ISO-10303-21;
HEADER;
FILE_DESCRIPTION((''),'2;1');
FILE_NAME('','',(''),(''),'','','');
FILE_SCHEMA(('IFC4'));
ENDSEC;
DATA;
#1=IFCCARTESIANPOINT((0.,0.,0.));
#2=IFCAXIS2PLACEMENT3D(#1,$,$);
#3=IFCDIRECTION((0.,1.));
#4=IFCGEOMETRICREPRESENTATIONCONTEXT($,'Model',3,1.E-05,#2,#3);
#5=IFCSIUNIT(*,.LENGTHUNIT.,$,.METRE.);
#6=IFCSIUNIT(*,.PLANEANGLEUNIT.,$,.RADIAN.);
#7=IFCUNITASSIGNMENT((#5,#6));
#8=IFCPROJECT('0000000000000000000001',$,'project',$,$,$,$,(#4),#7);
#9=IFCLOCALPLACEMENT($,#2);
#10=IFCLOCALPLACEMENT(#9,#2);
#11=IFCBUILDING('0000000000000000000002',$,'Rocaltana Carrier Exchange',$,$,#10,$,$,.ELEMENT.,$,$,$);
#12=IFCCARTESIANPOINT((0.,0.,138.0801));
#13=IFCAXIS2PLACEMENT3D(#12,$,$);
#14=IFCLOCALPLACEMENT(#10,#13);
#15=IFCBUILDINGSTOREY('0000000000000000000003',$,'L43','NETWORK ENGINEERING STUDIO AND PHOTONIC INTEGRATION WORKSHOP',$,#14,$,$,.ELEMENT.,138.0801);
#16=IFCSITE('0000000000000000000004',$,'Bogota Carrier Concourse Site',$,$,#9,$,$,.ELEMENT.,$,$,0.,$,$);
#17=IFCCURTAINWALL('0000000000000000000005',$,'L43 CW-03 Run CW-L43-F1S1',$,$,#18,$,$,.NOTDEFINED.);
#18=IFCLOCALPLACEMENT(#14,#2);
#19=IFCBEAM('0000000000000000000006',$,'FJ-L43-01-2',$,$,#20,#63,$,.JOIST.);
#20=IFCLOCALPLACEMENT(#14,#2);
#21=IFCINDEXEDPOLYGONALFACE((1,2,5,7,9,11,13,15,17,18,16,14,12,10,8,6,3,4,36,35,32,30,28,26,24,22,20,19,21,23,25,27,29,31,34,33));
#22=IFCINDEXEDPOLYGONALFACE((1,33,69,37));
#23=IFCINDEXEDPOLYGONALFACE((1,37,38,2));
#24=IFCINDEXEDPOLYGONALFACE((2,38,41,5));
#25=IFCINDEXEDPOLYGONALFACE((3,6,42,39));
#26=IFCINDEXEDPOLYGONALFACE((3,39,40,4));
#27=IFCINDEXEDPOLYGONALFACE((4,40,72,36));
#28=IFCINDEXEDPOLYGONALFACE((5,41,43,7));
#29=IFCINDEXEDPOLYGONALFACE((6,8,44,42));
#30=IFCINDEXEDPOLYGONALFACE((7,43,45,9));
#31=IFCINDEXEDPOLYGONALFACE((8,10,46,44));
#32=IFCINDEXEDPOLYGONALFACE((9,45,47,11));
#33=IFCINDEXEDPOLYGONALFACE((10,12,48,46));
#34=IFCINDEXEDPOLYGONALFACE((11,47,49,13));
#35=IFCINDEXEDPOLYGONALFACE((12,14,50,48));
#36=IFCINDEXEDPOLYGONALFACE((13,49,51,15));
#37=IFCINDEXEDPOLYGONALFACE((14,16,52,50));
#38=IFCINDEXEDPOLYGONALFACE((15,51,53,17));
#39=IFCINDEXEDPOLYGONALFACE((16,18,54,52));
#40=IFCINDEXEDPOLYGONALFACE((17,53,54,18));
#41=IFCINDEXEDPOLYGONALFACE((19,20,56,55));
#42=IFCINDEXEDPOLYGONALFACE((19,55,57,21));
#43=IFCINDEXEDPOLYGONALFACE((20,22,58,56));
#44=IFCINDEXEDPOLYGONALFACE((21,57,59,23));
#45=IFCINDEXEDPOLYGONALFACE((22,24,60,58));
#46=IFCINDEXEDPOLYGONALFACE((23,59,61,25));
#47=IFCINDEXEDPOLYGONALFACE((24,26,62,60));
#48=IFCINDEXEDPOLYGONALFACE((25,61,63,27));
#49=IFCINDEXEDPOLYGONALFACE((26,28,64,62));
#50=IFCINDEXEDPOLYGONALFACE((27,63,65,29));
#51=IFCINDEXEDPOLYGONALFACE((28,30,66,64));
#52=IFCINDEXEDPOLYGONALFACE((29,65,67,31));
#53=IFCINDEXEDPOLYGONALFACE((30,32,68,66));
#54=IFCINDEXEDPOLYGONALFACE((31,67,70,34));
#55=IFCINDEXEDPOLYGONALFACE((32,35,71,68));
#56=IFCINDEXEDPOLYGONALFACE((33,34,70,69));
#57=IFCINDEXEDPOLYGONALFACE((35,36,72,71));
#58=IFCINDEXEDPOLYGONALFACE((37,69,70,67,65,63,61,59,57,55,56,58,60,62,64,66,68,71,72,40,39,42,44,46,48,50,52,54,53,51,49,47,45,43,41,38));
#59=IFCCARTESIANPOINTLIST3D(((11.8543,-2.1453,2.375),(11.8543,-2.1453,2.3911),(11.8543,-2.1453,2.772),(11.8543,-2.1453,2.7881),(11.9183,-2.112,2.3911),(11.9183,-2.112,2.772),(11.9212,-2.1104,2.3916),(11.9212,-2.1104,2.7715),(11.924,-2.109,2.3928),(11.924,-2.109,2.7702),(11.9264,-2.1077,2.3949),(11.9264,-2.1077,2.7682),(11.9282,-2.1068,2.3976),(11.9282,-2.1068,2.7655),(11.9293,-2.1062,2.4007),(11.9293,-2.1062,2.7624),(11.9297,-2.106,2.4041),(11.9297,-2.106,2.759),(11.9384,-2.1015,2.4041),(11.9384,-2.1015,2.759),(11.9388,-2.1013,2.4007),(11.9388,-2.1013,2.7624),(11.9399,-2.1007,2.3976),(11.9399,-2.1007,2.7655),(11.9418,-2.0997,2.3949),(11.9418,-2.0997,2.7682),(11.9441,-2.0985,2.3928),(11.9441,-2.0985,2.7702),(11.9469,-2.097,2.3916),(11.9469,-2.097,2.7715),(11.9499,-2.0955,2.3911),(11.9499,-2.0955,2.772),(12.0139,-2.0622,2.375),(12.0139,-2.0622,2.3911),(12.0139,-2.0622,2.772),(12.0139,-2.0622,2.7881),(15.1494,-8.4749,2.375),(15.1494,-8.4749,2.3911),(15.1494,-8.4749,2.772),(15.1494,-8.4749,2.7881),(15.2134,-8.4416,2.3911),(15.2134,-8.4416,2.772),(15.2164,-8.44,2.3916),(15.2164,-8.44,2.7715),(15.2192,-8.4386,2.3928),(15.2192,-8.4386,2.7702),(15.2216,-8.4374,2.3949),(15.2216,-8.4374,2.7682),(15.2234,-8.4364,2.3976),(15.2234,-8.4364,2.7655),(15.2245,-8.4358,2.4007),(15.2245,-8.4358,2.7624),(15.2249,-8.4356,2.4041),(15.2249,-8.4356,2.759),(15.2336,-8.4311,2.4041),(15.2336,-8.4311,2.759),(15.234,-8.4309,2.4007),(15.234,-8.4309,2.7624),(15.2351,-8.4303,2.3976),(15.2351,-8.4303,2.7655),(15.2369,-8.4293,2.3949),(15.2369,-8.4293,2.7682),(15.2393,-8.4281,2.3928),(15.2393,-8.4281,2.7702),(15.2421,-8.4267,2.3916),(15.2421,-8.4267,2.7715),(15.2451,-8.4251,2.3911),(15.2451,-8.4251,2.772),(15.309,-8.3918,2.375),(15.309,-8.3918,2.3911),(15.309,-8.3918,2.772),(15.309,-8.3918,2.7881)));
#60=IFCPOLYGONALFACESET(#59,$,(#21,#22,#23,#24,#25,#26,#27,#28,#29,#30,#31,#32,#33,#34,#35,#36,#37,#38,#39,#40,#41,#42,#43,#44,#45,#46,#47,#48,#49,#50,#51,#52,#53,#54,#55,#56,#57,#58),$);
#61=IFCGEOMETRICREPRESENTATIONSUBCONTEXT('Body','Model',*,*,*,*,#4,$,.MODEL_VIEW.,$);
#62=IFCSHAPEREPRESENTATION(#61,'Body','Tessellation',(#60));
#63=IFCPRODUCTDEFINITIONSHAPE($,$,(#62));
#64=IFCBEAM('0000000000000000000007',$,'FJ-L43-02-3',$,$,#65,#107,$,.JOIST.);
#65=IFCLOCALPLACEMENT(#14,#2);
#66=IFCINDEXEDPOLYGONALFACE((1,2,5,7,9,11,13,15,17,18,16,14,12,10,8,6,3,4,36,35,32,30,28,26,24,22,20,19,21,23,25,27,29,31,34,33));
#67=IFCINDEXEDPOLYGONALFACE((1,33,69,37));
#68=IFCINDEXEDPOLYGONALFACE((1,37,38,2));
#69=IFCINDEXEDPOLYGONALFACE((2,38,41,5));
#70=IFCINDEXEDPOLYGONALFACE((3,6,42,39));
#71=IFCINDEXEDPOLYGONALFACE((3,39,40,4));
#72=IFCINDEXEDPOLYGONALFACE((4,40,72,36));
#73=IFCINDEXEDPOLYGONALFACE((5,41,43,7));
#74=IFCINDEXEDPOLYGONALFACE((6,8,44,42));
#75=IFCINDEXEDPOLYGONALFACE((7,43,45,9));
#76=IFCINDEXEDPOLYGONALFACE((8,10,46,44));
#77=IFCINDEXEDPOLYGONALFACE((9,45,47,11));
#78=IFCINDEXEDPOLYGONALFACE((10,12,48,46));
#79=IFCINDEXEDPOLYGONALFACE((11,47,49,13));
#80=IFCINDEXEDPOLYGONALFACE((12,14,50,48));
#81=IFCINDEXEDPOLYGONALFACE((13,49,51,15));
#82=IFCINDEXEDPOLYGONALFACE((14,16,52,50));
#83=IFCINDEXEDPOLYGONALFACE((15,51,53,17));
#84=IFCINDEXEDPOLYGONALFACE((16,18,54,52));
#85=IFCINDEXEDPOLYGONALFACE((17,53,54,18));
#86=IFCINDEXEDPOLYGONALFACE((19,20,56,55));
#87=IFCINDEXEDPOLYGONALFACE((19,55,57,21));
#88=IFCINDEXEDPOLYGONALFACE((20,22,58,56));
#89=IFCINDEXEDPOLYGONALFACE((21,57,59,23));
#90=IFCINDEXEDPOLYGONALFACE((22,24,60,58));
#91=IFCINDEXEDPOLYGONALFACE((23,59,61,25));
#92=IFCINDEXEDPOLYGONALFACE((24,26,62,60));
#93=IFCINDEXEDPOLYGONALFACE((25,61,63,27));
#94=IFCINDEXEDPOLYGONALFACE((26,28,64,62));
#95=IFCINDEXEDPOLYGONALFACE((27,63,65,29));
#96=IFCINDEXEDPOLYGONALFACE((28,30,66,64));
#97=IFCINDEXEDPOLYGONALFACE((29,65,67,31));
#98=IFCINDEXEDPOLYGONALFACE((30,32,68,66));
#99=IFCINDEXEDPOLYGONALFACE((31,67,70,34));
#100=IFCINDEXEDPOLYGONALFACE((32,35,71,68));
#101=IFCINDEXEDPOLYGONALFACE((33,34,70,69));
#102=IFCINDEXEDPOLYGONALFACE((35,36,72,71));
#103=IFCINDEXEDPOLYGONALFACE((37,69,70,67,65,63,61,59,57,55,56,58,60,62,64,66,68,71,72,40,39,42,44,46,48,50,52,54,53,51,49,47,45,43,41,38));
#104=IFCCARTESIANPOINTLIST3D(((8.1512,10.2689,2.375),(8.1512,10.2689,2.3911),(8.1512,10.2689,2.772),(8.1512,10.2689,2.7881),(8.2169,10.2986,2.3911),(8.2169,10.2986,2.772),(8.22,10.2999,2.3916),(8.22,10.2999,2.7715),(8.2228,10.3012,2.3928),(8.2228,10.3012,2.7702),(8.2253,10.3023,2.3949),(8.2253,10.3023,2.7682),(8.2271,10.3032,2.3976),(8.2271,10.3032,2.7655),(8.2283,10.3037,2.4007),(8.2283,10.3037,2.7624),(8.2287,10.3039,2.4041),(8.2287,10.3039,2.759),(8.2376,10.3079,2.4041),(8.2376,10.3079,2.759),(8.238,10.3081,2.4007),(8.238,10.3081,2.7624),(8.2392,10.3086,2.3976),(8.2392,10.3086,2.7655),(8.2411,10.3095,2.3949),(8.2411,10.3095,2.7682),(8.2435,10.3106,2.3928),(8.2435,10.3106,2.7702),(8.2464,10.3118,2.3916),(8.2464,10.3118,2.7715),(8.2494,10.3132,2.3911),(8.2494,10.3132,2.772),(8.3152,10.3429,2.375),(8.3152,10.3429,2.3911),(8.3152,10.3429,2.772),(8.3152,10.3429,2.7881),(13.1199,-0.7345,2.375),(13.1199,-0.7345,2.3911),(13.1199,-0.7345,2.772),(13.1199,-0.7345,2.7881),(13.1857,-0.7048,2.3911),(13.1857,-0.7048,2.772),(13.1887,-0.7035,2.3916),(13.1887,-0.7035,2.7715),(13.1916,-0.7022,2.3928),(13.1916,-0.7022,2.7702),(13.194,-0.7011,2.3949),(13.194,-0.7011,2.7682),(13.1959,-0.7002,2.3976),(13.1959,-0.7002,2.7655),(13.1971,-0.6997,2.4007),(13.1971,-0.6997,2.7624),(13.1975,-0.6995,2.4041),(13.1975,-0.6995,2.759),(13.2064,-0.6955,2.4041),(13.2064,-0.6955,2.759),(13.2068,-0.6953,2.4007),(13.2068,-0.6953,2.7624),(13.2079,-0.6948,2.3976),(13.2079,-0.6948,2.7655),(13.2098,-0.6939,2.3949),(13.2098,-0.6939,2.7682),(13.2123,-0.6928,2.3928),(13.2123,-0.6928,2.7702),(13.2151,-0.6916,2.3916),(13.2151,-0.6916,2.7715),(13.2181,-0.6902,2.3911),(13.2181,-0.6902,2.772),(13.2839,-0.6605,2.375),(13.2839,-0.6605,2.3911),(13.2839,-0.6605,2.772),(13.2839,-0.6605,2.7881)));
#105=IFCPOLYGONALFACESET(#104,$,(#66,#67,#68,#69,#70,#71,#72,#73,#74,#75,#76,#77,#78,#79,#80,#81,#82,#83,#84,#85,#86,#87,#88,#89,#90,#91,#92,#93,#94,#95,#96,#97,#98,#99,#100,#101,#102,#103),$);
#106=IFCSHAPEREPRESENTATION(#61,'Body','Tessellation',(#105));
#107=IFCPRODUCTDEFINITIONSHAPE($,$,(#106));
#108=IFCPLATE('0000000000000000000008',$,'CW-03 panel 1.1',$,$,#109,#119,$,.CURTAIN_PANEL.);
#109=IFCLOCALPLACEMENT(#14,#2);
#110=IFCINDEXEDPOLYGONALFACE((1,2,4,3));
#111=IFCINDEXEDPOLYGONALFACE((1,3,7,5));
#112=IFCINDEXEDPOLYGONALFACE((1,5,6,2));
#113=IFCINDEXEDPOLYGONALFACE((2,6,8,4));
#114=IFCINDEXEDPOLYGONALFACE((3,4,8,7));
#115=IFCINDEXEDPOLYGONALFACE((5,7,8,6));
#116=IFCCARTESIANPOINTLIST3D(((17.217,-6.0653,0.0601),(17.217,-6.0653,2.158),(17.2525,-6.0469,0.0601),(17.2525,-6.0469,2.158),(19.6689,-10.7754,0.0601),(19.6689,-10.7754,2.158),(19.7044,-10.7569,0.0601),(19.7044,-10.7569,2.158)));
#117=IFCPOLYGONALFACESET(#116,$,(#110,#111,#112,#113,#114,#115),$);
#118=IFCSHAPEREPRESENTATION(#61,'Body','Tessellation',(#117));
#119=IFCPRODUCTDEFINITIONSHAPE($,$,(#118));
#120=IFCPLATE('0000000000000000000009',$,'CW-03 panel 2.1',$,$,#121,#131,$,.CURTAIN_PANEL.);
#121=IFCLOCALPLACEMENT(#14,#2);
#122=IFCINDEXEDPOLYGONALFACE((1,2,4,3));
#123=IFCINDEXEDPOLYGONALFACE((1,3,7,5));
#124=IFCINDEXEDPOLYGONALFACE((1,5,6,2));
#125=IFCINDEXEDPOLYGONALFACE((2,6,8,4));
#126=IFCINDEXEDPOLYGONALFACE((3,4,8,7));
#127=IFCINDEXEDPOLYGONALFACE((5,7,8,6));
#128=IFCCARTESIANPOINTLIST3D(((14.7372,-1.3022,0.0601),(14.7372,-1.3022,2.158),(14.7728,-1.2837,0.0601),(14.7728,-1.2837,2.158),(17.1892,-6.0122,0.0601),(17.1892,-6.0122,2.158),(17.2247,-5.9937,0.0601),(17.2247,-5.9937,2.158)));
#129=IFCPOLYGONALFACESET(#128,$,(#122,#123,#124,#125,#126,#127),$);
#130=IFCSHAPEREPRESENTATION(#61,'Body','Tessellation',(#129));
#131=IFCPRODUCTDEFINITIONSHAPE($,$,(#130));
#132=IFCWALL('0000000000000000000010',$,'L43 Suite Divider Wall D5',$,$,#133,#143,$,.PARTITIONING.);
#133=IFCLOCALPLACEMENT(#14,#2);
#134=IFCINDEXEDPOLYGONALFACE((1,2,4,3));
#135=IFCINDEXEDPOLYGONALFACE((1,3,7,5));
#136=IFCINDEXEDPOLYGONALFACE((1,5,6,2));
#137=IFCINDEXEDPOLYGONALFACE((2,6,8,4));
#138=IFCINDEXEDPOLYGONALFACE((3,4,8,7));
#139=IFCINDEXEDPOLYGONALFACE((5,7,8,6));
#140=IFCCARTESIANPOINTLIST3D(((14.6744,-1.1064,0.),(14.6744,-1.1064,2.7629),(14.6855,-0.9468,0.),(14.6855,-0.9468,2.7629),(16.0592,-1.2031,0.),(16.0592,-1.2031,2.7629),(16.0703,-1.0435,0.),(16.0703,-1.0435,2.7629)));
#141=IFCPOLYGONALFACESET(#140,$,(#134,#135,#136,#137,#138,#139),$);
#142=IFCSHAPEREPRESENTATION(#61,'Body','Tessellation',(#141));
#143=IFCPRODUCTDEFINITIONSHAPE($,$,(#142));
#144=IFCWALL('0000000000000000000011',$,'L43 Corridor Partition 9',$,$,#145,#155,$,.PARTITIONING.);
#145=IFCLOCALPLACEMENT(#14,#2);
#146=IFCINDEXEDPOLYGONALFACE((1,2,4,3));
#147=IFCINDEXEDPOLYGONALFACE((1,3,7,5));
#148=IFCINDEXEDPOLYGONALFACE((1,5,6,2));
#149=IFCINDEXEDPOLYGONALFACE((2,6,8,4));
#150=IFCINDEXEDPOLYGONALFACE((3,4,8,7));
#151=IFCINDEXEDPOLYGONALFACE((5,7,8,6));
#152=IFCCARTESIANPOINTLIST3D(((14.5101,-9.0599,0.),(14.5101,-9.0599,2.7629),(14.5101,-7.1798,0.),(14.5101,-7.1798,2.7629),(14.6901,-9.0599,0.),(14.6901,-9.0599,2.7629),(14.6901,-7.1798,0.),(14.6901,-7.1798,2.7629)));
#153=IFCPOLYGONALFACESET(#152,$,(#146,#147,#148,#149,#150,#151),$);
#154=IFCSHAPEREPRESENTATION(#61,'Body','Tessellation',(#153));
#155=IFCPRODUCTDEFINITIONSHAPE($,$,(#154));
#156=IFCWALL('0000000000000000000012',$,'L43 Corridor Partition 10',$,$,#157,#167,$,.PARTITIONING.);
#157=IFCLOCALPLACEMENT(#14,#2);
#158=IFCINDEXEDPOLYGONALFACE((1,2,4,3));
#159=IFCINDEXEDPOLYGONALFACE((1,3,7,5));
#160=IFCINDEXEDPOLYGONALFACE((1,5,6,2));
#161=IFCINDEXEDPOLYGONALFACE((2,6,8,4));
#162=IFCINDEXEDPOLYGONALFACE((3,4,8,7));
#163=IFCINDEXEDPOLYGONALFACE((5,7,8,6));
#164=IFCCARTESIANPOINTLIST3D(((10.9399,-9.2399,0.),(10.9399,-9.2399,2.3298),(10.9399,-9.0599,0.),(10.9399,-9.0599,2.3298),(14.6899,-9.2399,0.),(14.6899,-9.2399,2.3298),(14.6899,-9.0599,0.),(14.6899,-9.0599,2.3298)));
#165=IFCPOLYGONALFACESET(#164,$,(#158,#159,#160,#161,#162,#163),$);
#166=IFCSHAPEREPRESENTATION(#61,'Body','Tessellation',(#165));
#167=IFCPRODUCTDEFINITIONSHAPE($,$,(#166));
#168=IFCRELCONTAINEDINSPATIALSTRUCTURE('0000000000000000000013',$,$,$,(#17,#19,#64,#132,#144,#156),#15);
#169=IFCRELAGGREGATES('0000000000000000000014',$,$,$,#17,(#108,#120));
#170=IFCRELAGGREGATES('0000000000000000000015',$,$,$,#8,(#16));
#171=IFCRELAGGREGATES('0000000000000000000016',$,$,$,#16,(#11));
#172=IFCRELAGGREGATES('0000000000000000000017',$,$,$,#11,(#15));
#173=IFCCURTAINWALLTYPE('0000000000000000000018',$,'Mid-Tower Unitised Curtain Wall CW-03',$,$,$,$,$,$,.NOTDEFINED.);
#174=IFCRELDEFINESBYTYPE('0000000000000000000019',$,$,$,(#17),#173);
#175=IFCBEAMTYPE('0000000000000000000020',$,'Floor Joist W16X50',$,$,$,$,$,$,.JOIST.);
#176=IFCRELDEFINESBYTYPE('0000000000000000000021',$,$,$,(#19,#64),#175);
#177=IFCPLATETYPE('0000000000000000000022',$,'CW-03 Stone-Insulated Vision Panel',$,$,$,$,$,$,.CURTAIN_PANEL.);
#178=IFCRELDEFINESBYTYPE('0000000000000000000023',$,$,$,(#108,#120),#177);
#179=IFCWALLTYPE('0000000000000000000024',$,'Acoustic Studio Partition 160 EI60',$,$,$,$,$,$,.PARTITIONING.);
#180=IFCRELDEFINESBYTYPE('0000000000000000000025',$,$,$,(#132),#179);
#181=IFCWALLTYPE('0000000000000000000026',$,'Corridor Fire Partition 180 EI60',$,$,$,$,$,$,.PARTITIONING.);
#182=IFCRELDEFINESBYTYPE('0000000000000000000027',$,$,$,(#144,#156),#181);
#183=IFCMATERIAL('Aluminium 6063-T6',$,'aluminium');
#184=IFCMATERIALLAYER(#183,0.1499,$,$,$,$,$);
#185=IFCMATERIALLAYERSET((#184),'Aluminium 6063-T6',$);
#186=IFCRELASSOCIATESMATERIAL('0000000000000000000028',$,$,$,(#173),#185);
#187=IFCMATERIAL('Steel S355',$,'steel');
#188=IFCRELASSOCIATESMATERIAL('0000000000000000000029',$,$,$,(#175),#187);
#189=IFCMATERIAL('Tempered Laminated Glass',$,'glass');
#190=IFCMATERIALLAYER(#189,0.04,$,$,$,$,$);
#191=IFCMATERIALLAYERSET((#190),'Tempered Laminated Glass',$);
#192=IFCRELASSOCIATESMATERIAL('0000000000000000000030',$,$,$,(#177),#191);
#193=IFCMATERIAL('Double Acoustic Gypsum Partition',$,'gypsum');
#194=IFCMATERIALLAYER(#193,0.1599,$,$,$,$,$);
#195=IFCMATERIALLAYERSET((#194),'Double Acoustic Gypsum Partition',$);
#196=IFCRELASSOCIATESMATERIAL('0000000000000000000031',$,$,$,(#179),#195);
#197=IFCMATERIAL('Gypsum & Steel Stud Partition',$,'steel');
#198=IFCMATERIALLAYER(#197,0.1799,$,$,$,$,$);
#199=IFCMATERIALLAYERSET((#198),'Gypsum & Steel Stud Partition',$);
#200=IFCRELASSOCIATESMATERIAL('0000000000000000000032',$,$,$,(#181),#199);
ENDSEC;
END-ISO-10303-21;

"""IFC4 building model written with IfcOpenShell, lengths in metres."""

from ifc_helpers import new_model, si_unit, direction, frame, frame_2d, origin, origin_2d, place, context, subcontext, project, spatial, rectangle, i_section, extrude, material, layer, layer_set, material_profile, profile_set, type_object, element, aggregate, save


model = new_model("IFC4")

# Units and contexts
model_context = context("Model", 3, precision=1e-05, world=origin(), true_north=direction((0.0, 1.0)))
body_context = subcontext(model_context, "Body", "Model", "MODEL_VIEW")
ifc_project = project(units=[si_unit("LENGTHUNIT", "METRE"), si_unit("PLANEANGLEUNIT", "RADIAN")], contexts=[model_context])

# Site, building, storey
site_placement = place(None, origin())
site = spatial("IfcSite", under=ifc_project, at=site_placement, Name="Bogota Carrier Concourse Site", CompositionType="ELEMENT", RefElevation=0.0)
building_placement = place(site_placement, origin())
building = spatial("IfcBuilding", under=site, at=building_placement, Name="Rocaltana Carrier Exchange", CompositionType="ELEMENT")
storey_placement = place(building_placement, frame((0.0, 0.0, 138.0801)))
storey = spatial("IfcBuildingStorey", under=building, at=storey_placement, Name="L43", Description="NETWORK ENGINEERING STUDIO AND PHOTONIC INTEGRATION WORKSHOP", CompositionType="ELEMENT", Elevation=138.0801)

# Curtain wall
ifc_material_1 = material(Name="Aluminium 6063-T6", Category="aluminium")
ifc_layer_1 = layer(ifc_material_1, 0.1499)
ifc_layer_set_1 = layer_set([ifc_layer_1], Name="Aluminium 6063-T6")
curtain_wall_type = type_object("IfcCurtainWallType", Name="Mid-Tower Unitised Curtain Wall CW-03", PredefinedType="NOTDEFINED", material=ifc_layer_set_1)
curtain_wall_placement = place(storey_placement, origin())
curtain_wall = element("IfcCurtainWall", 1, at=curtain_wall_placement, inside=storey, type_object=curtain_wall_type, Name="L43 CW-03 Run CW-L43-F1S1", PredefinedType="NOTDEFINED")

# Beams
ifc_material_2 = material(Name="Steel S355", Category="steel")
ifc_material_profile_1 = material_profile(ifc_material_2, i_section(OverallWidth=0.1799, OverallDepth=0.4131, WebThickness=0.0098, FlangeThickness=0.0161, FilletRadius=0.0129, at=origin_2d()), Name="W16X50")
ifc_profile_set_1 = profile_set([ifc_material_profile_1], Name="Steel S355")
beam_type = type_object("IfcBeamType", Name="Floor Joist W16X50", PredefinedType="JOIST", material=ifc_profile_set_1)
beam_1_placement = place(storey_placement, frame((15.2292, -8.4333, 2.5815), z_axis=(-0.46177, 0.887, 0.0), x_axis=(-0.887, -0.46177, 0.0)))
element("IfcBeam", 2, at=beam_1_placement, inside=storey, type_object=beam_type, Name="FJ-L43-01-2", PredefinedType="JOIST", context=body_context, shape_type="SweptSolid", body=[
    extrude(i_section(OverallWidth=0.1799, OverallDepth=0.4131, WebThickness=0.0098, FlangeThickness=0.0161, FilletRadius=0.0129, at=origin_2d()), origin(), (0.0, 0.0, 1.0), 7.136),
])
beam_2_placement = place(storey_placement, frame((13.2019, -0.6975, 2.5815), z_axis=(-0.41155, 0.911387, 0.0), x_axis=(-0.911387, -0.41155, 0.0)))
element("IfcBeam", 3, at=beam_2_placement, inside=storey, type_object=beam_type, Name="FJ-L43-02-3", PredefinedType="JOIST", context=body_context, shape_type="SweptSolid", body=[
    extrude(i_section(OverallWidth=0.1799, OverallDepth=0.4131, WebThickness=0.0098, FlangeThickness=0.0161, FilletRadius=0.0129, at=origin_2d()), origin(), (0.0, 0.0, 1.0), 12.0732),
])

# Plates
ifc_material_3 = material(Name="Tempered Laminated Glass", Category="glass")
ifc_layer_2 = layer(ifc_material_3, 0.04)
ifc_layer_set_2 = layer_set([ifc_layer_2], Name="Tempered Laminated Glass")
plate_type = type_object("IfcPlateType", Name="CW-03 Stone-Insulated Vision Panel", PredefinedType="CURTAIN_PANEL", material=ifc_layer_set_2)
plate_1_placement = place(storey_placement, frame((18.4607, -8.4111, 0.0601), z_axis=(0.0, 0.0, 1.0), x_axis=(-0.46175, 0.88701, 0.0)))
plate_1 = element("IfcPlate", 4, at=plate_1_placement, type_object=plate_type, Name="CW-03 panel 1.1", PredefinedType="CURTAIN_PANEL", context=body_context, shape_type="SweptSolid", body=[
    extrude(rectangle(XDim=5.3101, YDim=0.04, at=origin_2d()), origin(), (0.0, 0.0, 1.0), 2.0979),
])
plate_2_placement = place(storey_placement, frame((15.981, -3.6479, 0.0601), z_axis=(0.0, 0.0, 1.0), x_axis=(-0.46175, 0.88701, 0.0)))
plate_2 = element("IfcPlate", 5, at=plate_2_placement, type_object=plate_type, Name="CW-03 panel 2.1", PredefinedType="CURTAIN_PANEL", context=body_context, shape_type="SweptSolid", body=[
    extrude(rectangle(XDim=5.3101, YDim=0.04, at=origin_2d()), origin(), (0.0, 0.0, 1.0), 2.0979),
])
aggregate(curtain_wall, [plate_1, plate_2])

# Walls
ifc_material_4 = material(Name="Double Acoustic Gypsum Partition", Category="gypsum")
ifc_layer_3 = layer(ifc_material_4, 0.1599)
ifc_layer_set_3 = layer_set([ifc_layer_3], Name="Double Acoustic Gypsum Partition")
wall_type_1 = type_object("IfcWallType", Name="Acoustic Studio Partition 160 EI60", PredefinedType="PARTITIONING", material=ifc_layer_set_3)
wall_1_placement = place(storey_placement, frame((14.6799, -1.0266, 0.0), z_axis=(0.0, 0.0, 1.0), x_axis=(0.997572, -0.069647, 0.0)))
element("IfcWall", 6, at=wall_1_placement, inside=storey, type_object=wall_type_1, Name="L43 Suite Divider Wall D5", PredefinedType="PARTITIONING", context=body_context, shape_type="SweptSolid", body=[
    extrude(rectangle(XDim=1.3882, YDim=0.1599, at=frame_2d((0.6941, 0.0))), origin(), (0.0, 0.0, 1.0), 2.7629),
])
ifc_material_5 = material(Name="Gypsum & Steel Stud Partition", Category="steel")
ifc_layer_4 = layer(ifc_material_5, 0.1799)
ifc_layer_set_4 = layer_set([ifc_layer_4], Name="Gypsum & Steel Stud Partition")
wall_type_2 = type_object("IfcWallType", Name="Corridor Fire Partition 180 EI60", PredefinedType="PARTITIONING", material=ifc_layer_set_4)
wall_2_placement = place(storey_placement, frame((14.6001, -7.1799, 0.0), z_axis=(0.0, 0.0, 1.0), x_axis=(0.0, -1.0, 0.0)))
element("IfcWall", 7, at=wall_2_placement, inside=storey, type_object=wall_type_2, Name="L43 Corridor Partition 9", PredefinedType="PARTITIONING", context=body_context, shape_type="SweptSolid", body=[
    extrude(rectangle(XDim=1.8801, YDim=0.1799, at=frame_2d((0.9399, 0.0))), origin(), (0.0, 0.0, 1.0), 2.7629),
])
wall_3_placement = place(storey_placement, frame((14.6899, -9.1499, 0.0), z_axis=(0.0, 0.0, 1.0), x_axis=(-1.0, 0.0, 0.0)))
element("IfcWall", 8, at=wall_3_placement, inside=storey, type_object=wall_type_2, Name="L43 Corridor Partition 10", PredefinedType="PARTITIONING", context=body_context, shape_type="SweptSolid", body=[
    extrude(rectangle(XDim=3.75, YDim=0.1799, at=frame_2d((1.875, 0.0))), origin(), (0.0, 0.0, 1.0), 2.3298),
])

save(model, "model.ifc")
